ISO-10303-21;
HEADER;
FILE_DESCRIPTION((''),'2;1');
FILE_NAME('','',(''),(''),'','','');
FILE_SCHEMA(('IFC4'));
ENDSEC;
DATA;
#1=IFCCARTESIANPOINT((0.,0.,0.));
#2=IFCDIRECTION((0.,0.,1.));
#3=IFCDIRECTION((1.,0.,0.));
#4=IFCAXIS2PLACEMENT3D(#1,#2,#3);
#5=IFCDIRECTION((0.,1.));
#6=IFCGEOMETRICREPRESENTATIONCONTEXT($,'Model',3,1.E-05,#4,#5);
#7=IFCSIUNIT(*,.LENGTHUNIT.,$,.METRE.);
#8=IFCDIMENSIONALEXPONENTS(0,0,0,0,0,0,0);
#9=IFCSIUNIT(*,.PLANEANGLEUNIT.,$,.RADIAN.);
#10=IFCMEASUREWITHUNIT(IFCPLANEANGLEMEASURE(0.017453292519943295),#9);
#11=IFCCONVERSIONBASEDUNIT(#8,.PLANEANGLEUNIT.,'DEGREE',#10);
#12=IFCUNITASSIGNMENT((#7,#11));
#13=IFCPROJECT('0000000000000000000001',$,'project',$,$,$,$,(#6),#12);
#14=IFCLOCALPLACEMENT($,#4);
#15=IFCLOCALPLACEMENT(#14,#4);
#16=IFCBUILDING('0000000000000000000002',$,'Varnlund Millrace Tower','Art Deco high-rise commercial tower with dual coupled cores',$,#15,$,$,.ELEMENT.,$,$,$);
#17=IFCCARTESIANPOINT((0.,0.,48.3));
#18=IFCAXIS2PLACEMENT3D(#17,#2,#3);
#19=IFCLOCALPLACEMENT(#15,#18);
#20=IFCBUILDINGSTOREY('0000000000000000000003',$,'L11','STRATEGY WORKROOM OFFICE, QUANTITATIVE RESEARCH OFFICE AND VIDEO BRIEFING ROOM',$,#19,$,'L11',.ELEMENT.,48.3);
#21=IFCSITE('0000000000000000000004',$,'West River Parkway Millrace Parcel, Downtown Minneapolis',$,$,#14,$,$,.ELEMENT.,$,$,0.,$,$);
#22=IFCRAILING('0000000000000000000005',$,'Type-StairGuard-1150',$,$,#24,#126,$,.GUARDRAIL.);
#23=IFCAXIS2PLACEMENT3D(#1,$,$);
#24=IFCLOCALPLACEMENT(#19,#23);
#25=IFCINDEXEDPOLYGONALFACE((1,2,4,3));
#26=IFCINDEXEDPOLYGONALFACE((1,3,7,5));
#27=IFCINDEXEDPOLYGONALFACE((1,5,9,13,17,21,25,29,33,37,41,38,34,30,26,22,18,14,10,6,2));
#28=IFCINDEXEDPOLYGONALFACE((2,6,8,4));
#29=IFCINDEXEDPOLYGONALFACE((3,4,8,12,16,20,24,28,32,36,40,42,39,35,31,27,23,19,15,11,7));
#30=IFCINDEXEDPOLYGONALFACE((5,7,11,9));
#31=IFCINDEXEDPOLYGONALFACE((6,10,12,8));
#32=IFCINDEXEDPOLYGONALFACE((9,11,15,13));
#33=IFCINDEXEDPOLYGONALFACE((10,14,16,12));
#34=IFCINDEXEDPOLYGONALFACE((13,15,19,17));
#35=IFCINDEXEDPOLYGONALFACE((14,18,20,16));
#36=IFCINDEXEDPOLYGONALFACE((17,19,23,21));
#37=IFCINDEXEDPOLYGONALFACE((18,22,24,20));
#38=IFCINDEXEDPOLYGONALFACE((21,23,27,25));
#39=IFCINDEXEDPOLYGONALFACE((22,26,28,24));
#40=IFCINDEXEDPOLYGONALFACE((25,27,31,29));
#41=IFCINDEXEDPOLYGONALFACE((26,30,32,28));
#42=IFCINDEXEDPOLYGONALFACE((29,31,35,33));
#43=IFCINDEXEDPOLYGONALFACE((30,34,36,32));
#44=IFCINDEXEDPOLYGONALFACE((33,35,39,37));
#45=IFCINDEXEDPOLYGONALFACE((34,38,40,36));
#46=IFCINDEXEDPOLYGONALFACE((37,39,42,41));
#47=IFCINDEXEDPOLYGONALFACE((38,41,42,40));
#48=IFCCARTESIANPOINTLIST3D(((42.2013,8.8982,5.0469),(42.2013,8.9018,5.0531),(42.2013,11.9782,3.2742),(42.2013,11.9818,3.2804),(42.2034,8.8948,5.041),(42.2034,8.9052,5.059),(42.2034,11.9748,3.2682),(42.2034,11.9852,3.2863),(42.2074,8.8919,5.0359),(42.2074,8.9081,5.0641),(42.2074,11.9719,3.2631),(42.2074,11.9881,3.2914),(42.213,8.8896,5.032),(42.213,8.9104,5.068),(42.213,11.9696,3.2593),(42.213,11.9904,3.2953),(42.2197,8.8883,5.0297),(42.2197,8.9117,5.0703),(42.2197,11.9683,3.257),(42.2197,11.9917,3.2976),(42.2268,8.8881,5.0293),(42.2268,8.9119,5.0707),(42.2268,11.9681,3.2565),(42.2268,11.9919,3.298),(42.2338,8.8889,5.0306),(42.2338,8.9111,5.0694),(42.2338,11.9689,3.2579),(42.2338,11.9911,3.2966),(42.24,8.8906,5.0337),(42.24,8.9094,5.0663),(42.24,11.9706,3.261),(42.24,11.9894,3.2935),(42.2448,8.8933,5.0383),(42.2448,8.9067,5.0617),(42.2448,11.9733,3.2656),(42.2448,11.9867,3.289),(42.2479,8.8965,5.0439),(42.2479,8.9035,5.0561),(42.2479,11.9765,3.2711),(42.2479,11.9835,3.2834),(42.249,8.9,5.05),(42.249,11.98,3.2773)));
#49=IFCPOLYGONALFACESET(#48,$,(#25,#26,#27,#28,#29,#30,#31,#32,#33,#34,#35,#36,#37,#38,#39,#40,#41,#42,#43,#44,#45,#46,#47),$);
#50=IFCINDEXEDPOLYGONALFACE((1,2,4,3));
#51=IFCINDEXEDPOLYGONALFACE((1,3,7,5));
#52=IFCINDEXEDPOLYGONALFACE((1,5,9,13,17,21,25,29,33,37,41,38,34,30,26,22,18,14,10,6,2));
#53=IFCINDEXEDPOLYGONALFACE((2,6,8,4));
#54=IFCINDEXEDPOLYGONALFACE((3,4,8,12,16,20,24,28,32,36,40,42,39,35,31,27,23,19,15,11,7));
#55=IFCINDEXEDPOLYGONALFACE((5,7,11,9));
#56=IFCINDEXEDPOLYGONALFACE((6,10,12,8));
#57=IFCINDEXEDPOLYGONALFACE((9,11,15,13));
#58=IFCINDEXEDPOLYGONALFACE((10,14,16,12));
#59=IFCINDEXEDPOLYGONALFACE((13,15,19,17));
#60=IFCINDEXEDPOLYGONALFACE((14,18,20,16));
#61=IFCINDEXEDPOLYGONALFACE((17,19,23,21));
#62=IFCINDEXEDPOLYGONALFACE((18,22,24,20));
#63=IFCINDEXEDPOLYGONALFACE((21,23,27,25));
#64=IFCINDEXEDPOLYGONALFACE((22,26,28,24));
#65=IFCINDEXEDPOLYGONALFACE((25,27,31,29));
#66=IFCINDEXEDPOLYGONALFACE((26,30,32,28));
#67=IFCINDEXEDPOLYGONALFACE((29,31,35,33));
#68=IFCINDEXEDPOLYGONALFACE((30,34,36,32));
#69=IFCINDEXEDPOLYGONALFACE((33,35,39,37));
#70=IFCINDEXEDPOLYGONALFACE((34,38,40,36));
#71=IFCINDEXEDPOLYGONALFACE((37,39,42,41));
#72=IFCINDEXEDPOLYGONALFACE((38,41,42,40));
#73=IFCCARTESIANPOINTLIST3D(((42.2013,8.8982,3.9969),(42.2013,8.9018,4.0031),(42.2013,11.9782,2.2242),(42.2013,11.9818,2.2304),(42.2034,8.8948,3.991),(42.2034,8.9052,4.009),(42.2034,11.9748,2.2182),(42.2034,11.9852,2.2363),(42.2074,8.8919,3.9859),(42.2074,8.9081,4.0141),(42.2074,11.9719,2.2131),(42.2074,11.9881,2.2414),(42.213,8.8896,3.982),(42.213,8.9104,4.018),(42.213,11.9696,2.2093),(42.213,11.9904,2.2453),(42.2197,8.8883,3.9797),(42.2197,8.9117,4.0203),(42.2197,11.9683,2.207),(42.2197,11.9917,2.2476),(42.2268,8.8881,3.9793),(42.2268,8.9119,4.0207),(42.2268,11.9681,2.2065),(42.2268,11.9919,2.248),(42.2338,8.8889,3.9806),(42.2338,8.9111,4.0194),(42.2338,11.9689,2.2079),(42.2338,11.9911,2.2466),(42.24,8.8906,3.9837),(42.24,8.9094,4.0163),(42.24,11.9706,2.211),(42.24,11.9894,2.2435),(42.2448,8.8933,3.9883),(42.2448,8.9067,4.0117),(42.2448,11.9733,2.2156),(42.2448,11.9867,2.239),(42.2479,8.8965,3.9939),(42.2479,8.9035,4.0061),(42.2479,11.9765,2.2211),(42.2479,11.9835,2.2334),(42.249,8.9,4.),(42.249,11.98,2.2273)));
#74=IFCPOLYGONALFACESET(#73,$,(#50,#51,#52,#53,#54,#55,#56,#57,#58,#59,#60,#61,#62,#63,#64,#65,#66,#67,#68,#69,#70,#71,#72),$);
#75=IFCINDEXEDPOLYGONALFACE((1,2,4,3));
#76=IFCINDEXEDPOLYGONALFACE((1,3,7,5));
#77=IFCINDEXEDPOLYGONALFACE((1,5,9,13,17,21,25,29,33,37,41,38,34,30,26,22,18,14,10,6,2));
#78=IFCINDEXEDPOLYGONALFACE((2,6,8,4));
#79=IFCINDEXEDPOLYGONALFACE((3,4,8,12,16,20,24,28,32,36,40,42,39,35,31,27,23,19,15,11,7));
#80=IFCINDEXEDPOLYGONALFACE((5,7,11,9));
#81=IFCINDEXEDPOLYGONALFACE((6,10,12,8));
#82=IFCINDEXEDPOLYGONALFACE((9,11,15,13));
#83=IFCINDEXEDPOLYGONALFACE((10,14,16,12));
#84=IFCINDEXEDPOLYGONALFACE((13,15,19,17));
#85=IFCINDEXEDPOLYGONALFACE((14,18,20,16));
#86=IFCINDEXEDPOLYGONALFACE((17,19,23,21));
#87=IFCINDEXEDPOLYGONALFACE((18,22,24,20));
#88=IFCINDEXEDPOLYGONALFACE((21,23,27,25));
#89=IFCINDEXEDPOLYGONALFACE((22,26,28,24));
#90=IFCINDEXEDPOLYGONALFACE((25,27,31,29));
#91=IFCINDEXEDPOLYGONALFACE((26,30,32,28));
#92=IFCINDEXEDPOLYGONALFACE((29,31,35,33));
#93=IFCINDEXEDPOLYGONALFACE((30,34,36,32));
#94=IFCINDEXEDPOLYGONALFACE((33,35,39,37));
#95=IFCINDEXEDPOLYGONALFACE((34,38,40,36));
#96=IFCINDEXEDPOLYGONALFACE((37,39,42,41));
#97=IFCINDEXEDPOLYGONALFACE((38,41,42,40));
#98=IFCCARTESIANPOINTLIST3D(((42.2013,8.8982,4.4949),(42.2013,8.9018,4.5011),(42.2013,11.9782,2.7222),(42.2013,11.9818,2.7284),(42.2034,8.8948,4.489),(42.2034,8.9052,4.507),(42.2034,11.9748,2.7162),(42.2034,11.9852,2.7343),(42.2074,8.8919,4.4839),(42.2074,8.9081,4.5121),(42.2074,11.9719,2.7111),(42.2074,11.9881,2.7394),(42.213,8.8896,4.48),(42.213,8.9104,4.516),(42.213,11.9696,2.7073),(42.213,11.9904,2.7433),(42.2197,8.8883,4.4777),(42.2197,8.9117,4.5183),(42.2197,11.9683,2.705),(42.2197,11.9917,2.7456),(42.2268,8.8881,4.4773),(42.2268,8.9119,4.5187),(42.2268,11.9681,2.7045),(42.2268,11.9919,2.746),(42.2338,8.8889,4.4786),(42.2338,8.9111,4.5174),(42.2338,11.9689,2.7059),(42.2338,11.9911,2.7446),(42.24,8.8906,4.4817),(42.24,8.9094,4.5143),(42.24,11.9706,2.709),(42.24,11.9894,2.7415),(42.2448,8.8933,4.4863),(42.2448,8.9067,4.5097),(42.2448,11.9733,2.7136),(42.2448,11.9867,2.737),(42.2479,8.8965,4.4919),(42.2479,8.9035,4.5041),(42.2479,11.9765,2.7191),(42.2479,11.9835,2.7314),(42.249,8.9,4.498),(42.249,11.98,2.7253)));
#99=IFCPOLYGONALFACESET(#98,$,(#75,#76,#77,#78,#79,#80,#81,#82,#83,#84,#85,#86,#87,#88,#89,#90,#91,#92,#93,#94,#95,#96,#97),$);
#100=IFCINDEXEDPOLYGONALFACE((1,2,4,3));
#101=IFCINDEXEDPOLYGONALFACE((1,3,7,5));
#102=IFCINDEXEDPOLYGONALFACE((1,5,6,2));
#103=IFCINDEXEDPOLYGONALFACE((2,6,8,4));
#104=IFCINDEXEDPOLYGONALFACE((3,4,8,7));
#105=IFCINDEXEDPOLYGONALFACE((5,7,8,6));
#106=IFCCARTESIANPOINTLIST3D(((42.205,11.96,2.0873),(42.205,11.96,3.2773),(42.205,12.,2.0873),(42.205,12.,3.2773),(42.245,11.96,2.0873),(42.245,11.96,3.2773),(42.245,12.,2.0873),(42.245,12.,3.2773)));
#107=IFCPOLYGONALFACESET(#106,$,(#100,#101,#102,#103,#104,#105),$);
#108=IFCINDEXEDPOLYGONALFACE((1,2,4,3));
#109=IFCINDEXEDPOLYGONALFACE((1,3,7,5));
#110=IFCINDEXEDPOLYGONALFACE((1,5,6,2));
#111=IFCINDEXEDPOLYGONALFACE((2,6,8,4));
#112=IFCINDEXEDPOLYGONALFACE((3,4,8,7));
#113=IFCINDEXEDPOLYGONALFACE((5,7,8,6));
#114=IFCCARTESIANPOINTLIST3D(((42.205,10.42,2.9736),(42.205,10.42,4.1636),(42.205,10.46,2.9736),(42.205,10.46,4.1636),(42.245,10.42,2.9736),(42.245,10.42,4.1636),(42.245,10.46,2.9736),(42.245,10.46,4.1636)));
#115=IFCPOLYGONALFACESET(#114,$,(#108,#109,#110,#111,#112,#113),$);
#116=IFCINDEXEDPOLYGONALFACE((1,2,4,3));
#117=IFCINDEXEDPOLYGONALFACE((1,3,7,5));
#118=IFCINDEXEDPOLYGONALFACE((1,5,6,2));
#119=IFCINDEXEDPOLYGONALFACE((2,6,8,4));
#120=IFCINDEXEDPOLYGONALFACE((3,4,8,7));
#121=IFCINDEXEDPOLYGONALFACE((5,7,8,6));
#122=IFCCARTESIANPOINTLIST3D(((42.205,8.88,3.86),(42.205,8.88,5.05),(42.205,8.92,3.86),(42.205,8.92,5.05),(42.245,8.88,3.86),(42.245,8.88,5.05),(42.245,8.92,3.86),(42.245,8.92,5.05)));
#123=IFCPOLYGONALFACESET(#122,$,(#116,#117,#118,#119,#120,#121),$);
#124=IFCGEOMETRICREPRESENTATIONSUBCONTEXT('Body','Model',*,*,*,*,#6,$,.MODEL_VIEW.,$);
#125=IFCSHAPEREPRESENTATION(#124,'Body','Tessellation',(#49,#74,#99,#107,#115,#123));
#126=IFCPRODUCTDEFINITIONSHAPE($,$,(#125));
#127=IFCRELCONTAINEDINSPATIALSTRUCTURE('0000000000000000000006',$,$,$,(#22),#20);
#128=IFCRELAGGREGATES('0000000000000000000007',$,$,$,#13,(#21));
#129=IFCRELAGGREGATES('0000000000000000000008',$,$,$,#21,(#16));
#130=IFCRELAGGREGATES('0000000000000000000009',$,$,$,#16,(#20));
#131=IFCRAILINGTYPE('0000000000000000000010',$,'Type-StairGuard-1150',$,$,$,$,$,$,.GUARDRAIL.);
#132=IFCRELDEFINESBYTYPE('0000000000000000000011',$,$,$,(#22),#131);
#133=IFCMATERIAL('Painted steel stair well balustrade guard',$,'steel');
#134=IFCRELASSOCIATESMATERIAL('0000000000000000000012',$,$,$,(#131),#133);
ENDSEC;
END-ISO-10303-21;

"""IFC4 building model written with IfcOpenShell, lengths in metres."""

from ifc_helpers import new_model, entity, si_unit, converted_unit, direction, frame, origin_with_axes, origin_2d_with_axis, place, context, subcontext, project, spatial, rectangle, circle, extrude, material, type_object, element, save


model = new_model("IFC4")

# Units and contexts
model_context = context("Model", 3, precision=1e-05, world=origin_with_axes(), true_north=direction((0.0, 1.0)))
body_context = subcontext(model_context, "Body", "Model", "MODEL_VIEW")
ifc_project = project(units=[si_unit("LENGTHUNIT", "METRE"), converted_unit("PLANEANGLEUNIT", "DEGREE", entity("IfcPlaneAngleMeasure", 0.017453292519943295), si_unit("PLANEANGLEUNIT", "RADIAN"), dimensions=[0, 0, 0, 0, 0, 0, 0])], contexts=[model_context])

# Site, building, storey
site_placement = place(None, origin_with_axes())
site = spatial("IfcSite", under=ifc_project, at=site_placement, Name="West River Parkway Millrace Parcel, Downtown Minneapolis", CompositionType="ELEMENT", RefElevation=0.0)
building_placement = place(site_placement, origin_with_axes())
building = spatial("IfcBuilding", under=site, at=building_placement, Name="Varnlund Millrace Tower", Description="Art Deco high-rise commercial tower with dual coupled cores", CompositionType="ELEMENT")
storey_placement = place(building_placement, frame((0.0, 0.0, 48.3), z_axis=(0.0, 0.0, 1.0), x_axis=(1.0, 0.0, 0.0)))
storey = spatial("IfcBuildingStorey", under=building, at=storey_placement, Name="L11", Description="STRATEGY WORKROOM OFFICE, QUANTITATIVE RESEARCH OFFICE AND VIDEO BRIEFING ROOM", LongName="L11", CompositionType="ELEMENT", Elevation=48.3)

# Railing
ifc_material_1 = material(Name="Painted steel stair well balustrade guard", Category="steel")
railing_type_1 = type_object("IfcRailingType", Name="Type-StairGuard-1150", PredefinedType="GUARDRAIL", material=ifc_material_1)
railing_1_placement = place(storey_placement, frame((0.0, 0.0, -48.3), z_axis=(0.0, 0.0, 1.0), x_axis=(1.0, 0.0, 0.0)))
element("IfcRailing", 1, at=railing_1_placement, inside=storey, type_object=railing_type_1, Name="Type-StairGuard-1150", PredefinedType="GUARDRAIL", context=body_context, shape_type="SweptSolid", body=[
    extrude(circle(Radius=0.024, at=origin_2d_with_axis()), frame((42.225, 11.98, 51.5773), z_axis=(0.0, -0.866696, 0.498836), x_axis=(1.0, 0.0, 0.0)), (0.0, 0.0, 1.0), 3.5537),
    extrude(circle(Radius=0.024, at=origin_2d_with_axis()), frame((42.225, 11.98, 50.5273), z_axis=(0.0, -0.866696, 0.498836), x_axis=(1.0, 0.0, 0.0)), (0.0, 0.0, 1.0), 3.5537),
    extrude(circle(Radius=0.024, at=origin_2d_with_axis()), frame((42.225, 11.98, 51.0253), z_axis=(0.0, -0.866696, 0.498836), x_axis=(1.0, 0.0, 0.0)), (0.0, 0.0, 1.0), 3.5537),
    extrude(rectangle(XDim=0.04, YDim=0.04, at=origin_2d_with_axis()), frame((42.225, 11.98, 50.3873), z_axis=(0.0, 0.0, 1.0), x_axis=(1.0, 0.0, 0.0)), (0.0, 0.0, 1.0), 1.19),
    extrude(rectangle(XDim=0.04, YDim=0.04, at=origin_2d_with_axis()), frame((42.225, 10.44, 51.2736), z_axis=(0.0, 0.0, 1.0), x_axis=(1.0, 0.0, 0.0)), (0.0, 0.0, 1.0), 1.19),
    extrude(rectangle(XDim=0.04, YDim=0.04, at=origin_2d_with_axis()), frame((42.225, 8.9, 52.16), z_axis=(0.0, 0.0, 1.0), x_axis=(1.0, 0.0, 0.0)), (0.0, 0.0, 1.0), 1.19),
])

save(model, "model.ifc")
